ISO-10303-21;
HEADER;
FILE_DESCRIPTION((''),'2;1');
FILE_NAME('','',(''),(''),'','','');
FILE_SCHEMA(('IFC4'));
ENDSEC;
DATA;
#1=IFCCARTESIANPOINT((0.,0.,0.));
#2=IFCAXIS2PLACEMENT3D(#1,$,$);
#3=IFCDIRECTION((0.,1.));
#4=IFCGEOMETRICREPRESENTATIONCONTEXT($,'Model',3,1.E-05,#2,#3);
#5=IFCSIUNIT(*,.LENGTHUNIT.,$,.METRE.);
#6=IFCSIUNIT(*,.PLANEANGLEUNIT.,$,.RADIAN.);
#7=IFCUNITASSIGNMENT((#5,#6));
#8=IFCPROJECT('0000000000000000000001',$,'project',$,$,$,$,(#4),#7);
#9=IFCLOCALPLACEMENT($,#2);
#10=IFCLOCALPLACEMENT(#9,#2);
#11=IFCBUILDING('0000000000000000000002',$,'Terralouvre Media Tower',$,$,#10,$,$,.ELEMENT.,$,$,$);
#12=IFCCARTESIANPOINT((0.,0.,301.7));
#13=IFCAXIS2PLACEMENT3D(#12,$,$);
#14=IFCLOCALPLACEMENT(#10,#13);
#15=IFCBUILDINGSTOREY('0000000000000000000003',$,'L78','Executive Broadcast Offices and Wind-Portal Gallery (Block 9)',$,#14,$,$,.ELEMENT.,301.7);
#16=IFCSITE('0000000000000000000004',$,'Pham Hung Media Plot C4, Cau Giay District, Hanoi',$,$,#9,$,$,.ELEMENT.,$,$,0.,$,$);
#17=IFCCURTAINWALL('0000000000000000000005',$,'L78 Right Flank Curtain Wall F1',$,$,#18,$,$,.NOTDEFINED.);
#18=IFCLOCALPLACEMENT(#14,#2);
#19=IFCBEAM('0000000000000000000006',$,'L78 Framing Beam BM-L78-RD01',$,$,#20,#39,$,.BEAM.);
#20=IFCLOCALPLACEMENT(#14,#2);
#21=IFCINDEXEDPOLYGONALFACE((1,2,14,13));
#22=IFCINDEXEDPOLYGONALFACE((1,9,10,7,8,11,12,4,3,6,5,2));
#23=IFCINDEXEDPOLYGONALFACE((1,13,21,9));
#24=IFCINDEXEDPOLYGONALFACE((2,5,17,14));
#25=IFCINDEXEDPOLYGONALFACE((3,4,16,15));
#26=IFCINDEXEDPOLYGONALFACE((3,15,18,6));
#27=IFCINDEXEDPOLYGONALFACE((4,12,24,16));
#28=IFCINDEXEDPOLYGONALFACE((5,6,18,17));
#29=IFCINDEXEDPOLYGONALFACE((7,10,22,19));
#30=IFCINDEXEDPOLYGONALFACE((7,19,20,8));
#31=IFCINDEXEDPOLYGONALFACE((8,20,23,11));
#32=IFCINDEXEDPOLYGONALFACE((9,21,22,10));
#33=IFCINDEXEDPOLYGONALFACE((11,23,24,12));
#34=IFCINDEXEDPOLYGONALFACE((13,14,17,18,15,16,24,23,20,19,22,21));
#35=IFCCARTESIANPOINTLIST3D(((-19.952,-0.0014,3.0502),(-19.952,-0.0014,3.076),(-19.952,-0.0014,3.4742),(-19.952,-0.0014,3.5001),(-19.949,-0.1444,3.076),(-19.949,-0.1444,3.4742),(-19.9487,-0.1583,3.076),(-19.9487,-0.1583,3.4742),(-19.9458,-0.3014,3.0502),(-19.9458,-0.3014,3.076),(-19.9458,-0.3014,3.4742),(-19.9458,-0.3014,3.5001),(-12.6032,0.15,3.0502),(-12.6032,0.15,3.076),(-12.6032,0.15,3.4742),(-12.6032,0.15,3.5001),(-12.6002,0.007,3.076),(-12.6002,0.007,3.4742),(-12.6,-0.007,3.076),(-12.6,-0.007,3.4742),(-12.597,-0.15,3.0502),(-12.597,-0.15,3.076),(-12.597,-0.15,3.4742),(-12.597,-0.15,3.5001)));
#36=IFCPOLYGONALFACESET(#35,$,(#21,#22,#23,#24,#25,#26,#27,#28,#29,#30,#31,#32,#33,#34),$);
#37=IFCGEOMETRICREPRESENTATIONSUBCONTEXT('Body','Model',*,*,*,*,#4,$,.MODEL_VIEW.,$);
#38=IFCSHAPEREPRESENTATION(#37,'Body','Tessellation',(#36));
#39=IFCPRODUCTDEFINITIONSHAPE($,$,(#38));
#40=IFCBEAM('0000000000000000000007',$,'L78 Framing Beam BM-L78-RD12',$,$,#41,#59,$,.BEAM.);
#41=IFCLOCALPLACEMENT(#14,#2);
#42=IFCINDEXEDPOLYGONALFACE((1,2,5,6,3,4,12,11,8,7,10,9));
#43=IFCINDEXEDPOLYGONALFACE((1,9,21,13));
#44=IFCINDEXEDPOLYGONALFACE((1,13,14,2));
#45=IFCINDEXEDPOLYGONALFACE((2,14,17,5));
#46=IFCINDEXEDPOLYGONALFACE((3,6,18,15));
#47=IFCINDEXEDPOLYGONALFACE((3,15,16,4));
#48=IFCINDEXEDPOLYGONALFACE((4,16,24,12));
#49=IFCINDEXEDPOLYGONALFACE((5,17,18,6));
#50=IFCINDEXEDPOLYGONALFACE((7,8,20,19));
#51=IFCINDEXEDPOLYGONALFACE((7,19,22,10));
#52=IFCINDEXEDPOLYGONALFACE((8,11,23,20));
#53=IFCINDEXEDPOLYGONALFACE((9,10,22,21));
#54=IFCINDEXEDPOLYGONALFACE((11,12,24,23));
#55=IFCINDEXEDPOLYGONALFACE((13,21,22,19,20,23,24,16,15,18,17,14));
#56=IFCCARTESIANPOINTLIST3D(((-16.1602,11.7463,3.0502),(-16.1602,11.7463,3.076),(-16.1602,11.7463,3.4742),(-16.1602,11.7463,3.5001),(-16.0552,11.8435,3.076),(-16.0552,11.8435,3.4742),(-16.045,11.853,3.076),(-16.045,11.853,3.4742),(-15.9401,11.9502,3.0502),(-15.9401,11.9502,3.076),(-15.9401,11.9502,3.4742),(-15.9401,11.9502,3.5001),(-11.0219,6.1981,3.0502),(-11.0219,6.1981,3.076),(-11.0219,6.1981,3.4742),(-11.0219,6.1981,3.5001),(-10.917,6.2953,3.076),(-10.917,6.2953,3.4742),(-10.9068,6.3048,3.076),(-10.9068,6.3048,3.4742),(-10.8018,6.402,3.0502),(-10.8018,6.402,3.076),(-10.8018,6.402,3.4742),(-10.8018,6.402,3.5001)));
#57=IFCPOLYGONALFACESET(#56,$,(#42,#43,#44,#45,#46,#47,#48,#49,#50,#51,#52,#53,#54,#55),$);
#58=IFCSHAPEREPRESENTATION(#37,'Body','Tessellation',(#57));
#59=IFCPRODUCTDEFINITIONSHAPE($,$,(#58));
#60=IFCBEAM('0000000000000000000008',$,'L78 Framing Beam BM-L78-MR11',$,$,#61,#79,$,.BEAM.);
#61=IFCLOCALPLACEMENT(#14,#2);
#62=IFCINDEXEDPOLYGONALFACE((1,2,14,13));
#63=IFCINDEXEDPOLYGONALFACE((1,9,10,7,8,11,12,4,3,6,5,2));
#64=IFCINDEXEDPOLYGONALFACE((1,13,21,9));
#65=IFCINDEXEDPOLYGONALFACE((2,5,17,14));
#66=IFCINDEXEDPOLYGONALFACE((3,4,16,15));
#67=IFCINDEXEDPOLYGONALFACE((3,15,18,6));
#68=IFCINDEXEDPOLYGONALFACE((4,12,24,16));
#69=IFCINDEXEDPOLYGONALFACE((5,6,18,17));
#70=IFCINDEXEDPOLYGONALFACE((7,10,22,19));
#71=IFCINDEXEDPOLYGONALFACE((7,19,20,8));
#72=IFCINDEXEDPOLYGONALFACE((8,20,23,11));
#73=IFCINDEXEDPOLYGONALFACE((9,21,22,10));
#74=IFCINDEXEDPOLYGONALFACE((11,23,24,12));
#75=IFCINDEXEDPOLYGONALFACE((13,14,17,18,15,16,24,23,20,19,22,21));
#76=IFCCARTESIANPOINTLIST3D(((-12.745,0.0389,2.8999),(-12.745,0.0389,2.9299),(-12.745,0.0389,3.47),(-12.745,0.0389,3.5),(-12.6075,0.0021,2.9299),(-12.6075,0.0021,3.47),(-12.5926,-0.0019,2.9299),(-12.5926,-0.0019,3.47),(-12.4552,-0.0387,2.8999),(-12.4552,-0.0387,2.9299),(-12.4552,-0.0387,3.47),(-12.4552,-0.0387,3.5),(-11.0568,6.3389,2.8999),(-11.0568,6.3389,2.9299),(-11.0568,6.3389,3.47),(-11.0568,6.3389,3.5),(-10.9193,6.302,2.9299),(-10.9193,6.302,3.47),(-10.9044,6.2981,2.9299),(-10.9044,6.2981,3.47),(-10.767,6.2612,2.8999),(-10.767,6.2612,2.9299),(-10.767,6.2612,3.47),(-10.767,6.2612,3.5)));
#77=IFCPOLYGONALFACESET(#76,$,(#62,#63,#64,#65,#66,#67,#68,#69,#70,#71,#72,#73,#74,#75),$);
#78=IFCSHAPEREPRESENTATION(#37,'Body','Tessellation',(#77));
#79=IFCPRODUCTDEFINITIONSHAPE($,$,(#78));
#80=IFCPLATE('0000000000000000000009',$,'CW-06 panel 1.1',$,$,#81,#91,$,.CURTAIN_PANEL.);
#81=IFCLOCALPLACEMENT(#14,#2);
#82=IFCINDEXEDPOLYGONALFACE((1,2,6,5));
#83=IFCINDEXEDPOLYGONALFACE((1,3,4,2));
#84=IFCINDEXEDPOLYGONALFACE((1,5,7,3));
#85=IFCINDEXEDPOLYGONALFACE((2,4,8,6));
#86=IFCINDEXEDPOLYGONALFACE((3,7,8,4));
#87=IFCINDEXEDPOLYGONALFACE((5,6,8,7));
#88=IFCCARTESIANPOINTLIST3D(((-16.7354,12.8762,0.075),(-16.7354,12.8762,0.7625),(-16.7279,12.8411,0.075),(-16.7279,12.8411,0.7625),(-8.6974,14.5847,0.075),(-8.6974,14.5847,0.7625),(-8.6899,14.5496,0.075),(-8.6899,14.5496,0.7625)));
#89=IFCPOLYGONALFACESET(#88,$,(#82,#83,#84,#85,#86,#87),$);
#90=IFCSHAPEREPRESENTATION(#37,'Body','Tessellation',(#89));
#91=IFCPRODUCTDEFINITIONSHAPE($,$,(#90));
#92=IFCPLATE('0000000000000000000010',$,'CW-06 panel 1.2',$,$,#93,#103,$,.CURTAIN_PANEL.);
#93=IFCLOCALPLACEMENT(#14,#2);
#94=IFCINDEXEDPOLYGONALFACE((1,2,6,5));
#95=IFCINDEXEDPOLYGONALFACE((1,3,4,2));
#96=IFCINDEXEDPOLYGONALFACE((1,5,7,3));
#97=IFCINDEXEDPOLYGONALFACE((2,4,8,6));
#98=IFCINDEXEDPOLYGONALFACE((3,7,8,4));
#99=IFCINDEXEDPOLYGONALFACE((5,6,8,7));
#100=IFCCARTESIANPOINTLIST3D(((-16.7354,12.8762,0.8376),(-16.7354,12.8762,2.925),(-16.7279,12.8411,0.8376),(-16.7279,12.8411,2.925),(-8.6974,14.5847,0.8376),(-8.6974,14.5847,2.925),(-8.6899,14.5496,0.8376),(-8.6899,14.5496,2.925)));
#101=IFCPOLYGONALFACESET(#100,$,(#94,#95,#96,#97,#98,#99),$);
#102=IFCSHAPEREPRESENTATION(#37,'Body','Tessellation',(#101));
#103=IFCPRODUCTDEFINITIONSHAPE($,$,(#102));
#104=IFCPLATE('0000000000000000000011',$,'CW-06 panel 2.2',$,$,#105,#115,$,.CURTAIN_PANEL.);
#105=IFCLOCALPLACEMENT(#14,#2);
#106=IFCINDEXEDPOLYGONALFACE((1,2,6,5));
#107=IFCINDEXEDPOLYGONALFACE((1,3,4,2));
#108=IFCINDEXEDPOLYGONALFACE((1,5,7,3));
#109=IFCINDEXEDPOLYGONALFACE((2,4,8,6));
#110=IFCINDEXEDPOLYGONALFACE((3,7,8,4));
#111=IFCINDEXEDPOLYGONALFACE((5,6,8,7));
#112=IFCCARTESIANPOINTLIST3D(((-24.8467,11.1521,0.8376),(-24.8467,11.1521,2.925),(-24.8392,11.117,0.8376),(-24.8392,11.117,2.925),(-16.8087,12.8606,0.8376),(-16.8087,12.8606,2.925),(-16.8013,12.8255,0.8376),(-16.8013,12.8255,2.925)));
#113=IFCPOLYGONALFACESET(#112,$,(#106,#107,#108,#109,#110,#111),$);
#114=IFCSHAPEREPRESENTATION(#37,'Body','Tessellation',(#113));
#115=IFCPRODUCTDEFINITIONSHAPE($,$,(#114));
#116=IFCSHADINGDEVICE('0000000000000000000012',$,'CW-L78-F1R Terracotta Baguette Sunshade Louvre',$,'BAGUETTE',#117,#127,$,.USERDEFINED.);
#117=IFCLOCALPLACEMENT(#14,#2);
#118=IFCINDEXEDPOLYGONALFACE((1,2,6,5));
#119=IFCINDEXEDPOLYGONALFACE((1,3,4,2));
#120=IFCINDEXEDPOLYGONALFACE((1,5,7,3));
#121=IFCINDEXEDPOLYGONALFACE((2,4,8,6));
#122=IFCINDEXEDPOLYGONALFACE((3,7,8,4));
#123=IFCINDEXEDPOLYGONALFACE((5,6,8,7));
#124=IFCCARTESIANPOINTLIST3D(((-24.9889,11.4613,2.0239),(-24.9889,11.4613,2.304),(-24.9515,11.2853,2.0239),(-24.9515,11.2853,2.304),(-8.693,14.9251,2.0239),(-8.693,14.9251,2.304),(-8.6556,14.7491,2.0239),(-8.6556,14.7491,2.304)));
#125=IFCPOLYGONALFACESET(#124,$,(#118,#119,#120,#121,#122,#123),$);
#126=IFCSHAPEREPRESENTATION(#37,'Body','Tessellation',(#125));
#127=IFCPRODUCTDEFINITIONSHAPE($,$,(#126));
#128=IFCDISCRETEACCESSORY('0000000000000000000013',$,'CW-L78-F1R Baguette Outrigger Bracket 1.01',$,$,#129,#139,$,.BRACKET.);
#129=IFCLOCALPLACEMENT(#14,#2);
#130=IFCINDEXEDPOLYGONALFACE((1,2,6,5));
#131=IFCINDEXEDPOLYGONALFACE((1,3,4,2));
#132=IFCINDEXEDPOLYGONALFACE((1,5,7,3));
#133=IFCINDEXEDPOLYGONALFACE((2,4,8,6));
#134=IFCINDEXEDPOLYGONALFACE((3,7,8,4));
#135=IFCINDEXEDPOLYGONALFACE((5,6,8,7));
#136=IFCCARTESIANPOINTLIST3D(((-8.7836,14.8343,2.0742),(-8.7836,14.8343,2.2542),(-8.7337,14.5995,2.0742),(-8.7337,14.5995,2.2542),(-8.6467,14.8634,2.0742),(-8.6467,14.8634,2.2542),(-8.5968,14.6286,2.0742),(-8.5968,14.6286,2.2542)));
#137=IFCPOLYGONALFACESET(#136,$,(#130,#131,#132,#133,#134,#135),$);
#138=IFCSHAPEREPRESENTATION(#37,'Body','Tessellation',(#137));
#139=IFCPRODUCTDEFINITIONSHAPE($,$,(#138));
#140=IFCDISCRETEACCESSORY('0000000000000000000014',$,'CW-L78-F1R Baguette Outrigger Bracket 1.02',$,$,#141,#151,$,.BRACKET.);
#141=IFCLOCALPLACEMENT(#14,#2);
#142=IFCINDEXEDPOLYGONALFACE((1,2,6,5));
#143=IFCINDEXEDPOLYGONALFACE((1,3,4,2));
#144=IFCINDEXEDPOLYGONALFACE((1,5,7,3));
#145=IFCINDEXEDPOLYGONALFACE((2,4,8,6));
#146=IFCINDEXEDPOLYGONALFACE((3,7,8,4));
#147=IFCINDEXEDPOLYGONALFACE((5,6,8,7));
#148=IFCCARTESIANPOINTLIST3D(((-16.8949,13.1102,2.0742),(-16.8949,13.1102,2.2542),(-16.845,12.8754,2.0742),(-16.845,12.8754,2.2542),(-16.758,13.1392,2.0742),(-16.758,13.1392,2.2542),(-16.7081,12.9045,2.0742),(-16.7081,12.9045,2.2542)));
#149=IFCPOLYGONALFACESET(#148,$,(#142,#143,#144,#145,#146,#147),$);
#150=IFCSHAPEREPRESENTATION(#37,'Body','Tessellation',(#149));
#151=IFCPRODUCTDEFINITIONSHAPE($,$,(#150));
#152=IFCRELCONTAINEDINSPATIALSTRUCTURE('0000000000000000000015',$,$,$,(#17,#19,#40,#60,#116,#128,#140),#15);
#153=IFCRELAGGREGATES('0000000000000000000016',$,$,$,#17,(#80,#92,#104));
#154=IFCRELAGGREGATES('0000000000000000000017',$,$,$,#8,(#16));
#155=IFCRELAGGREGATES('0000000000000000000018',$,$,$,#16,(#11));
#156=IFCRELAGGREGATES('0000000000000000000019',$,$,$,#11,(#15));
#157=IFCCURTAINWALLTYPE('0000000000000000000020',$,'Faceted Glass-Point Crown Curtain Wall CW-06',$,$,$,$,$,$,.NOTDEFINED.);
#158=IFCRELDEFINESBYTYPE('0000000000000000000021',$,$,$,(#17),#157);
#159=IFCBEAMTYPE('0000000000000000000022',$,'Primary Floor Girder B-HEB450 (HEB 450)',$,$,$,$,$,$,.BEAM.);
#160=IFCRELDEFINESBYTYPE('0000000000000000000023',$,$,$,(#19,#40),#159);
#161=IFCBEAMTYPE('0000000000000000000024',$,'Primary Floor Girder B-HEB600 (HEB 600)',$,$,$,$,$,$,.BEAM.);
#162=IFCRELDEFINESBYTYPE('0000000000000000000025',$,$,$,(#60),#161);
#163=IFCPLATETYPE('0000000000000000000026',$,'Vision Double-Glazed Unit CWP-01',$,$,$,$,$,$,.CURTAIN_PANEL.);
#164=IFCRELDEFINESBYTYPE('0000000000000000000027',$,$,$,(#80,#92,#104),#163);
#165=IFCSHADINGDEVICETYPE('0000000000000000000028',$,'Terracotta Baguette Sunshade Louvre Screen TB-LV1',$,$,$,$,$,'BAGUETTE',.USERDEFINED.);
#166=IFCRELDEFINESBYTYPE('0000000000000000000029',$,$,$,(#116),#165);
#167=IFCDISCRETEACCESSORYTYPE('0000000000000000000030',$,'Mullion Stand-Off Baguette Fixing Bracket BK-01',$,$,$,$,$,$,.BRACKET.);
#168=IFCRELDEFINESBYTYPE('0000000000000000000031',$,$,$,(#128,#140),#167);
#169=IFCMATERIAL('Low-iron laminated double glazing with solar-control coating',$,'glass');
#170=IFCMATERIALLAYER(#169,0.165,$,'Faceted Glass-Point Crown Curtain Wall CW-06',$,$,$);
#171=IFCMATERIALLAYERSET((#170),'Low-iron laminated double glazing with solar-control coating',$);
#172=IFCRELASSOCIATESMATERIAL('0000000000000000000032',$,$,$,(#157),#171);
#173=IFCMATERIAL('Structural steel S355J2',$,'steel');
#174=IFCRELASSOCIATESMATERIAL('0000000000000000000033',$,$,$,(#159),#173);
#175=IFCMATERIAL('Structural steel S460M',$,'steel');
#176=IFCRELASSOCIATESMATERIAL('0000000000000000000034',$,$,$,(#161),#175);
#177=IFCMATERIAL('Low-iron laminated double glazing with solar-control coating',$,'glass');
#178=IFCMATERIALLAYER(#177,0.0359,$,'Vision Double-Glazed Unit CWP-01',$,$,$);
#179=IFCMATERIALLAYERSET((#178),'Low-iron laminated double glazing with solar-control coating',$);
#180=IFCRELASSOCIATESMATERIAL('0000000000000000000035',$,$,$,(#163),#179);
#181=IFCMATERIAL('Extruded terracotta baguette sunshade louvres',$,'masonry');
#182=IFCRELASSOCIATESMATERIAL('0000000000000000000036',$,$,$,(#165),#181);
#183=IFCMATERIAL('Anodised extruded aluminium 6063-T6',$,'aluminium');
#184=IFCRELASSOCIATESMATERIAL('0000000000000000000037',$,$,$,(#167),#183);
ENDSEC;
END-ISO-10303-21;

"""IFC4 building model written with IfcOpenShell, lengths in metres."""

from ifc_helpers import new_model, si_unit, direction, frame, origin, origin_2d, place, context, subcontext, project, spatial, rectangle, i_section, extrude, material, layer, layer_set, material_profile, profile_set, type_object, element, aggregate, save


model = new_model("IFC4")

# Units and contexts
model_context = context("Model", 3, precision=1e-05, world=origin(), true_north=direction((0.0, 1.0)))
body_context = subcontext(model_context, "Body", "Model", "MODEL_VIEW")
ifc_project = project(units=[si_unit("LENGTHUNIT", "METRE"), si_unit("PLANEANGLEUNIT", "RADIAN")], contexts=[model_context])

# Site, building, storey
site_placement = place(None, origin())
site = spatial("IfcSite", under=ifc_project, at=site_placement, Name="Pham Hung Media Plot C4, Cau Giay District, Hanoi", CompositionType="ELEMENT", RefElevation=0.0)
building_placement = place(site_placement, origin())
building = spatial("IfcBuilding", under=site, at=building_placement, Name="Terralouvre Media Tower", CompositionType="ELEMENT")
storey_placement = place(building_placement, frame((0.0, 0.0, 301.7)))
storey = spatial("IfcBuildingStorey", under=building, at=storey_placement, Name="L78", Description="Executive Broadcast Offices and Wind-Portal Gallery (Block 9)", CompositionType="ELEMENT", Elevation=301.7)

# Curtain wall
ifc_material_1 = material(Name="Low-iron laminated double glazing with solar-control coating", Category="glass")
ifc_layer_1 = layer(ifc_material_1, 0.165, Name="Faceted Glass-Point Crown Curtain Wall CW-06")
ifc_layer_set_1 = layer_set([ifc_layer_1], Name="Low-iron laminated double glazing with solar-control coating")
curtain_wall_type = type_object("IfcCurtainWallType", Name="Faceted Glass-Point Crown Curtain Wall CW-06", PredefinedType="NOTDEFINED", material=ifc_layer_set_1)
curtain_wall_placement = place(storey_placement, origin())
curtain_wall = element("IfcCurtainWall", 1, at=curtain_wall_placement, inside=storey, type_object=curtain_wall_type, Name="L78 Right Flank Curtain Wall F1", PredefinedType="NOTDEFINED")

# Beams
ifc_material_2 = material(Name="Structural steel S355J2", Category="steel")
ifc_material_profile_1 = material_profile(ifc_material_2, i_section(OverallWidth=0.3, OverallDepth=0.45, WebThickness=0.0139, FlangeThickness=0.0259, at=origin_2d()), Name="HEB 450")
ifc_profile_set_1 = profile_set([ifc_material_profile_1], Name="Structural steel S355J2")
beam_type_1 = type_object("IfcBeamType", Name="Primary Floor Girder B-HEB450 (HEB 450)", PredefinedType="BEAM", material=ifc_profile_set_1)
beam_1_placement = place(storey_placement, frame((-12.6001, 0.0, 3.2751), z_axis=(-0.999788, -0.020593, 0.0), x_axis=(0.020593, -0.999788, 0.0)))
element("IfcBeam", 2, at=beam_1_placement, inside=storey, type_object=beam_type_1, Name="L78 Framing Beam BM-L78-RD01", PredefinedType="BEAM", context=body_context, shape_type="SweptSolid", body=[
    extrude(i_section(OverallWidth=0.3, OverallDepth=0.45, WebThickness=0.0139, FlangeThickness=0.0259, at=origin_2d()), origin(), (0.0, 0.0, 1.0), 7.3503),
])
beam_2_placement = place(storey_placement, frame((-10.9119, 6.3, 3.2751), z_axis=(-0.679483, 0.733691, 0.0), x_axis=(-0.733691, -0.679483, 0.0)))
element("IfcBeam", 3, at=beam_2_placement, inside=storey, type_object=beam_type_1, Name="L78 Framing Beam BM-L78-RD12", PredefinedType="BEAM", context=body_context, shape_type="SweptSolid", body=[
    extrude(i_section(OverallWidth=0.3, OverallDepth=0.45, WebThickness=0.0139, FlangeThickness=0.0259, at=origin_2d()), origin(), (0.0, 0.0, 1.0), 7.562),
])
ifc_material_3 = material(Name="Structural steel S460M", Category="steel")
ifc_material_profile_2 = material_profile(ifc_material_3, i_section(OverallWidth=0.3, OverallDepth=0.6001, WebThickness=0.0154, FlangeThickness=0.03, at=origin_2d()), Name="HEB 600")
ifc_profile_set_2 = profile_set([ifc_material_profile_2], Name="Structural steel S460M")
beam_type_2 = type_object("IfcBeamType", Name="Primary Floor Girder B-HEB600 (HEB 600)", PredefinedType="BEAM", material=ifc_profile_set_2)
beam_3_placement = place(storey_placement, frame((-10.9119, 6.3, 3.2), z_axis=(-0.258839, -0.96592, 0.0), x_axis=(0.96592, -0.258839, 0.0)))
element("IfcBeam", 4, at=beam_3_placement, inside=storey, type_object=beam_type_2, Name="L78 Framing Beam BM-L78-MR11", PredefinedType="BEAM", context=body_context, shape_type="SweptSolid", body=[
    extrude(i_section(OverallWidth=0.3, OverallDepth=0.6001, WebThickness=0.0154, FlangeThickness=0.03, at=origin_2d()), origin(), (0.0, 0.0, 1.0), 6.5222),
])

# Plates
ifc_material_4 = material(Name="Low-iron laminated double glazing with solar-control coating", Category="glass")
ifc_layer_2 = layer(ifc_material_4, 0.0359, Name="Vision Double-Glazed Unit CWP-01")
ifc_layer_set_2 = layer_set([ifc_layer_2], Name="Low-iron laminated double glazing with solar-control coating")
plate_type = type_object("IfcPlateType", Name="Vision Double-Glazed Unit CWP-01", PredefinedType="CURTAIN_PANEL", material=ifc_layer_set_2)
plate_1_placement = place(storey_placement, frame((-12.7126, 13.7129, 0.075), z_axis=(0.0, 0.0, 1.0), x_axis=(-0.978148, -0.207911, 0.0)))
plate_1 = element("IfcPlate", 5, at=plate_1_placement, type_object=plate_type, Name="CW-06 panel 1.1", PredefinedType="CURTAIN_PANEL", context=body_context, shape_type="SweptSolid", body=[
    extrude(rectangle(XDim=8.2175, YDim=0.0359, at=origin_2d()), origin(), (0.0, 0.0, 1.0), 0.6875),
])
plate_2_placement = place(storey_placement, frame((-12.7126, 13.7129, 0.8376), z_axis=(0.0, 0.0, 1.0), x_axis=(-0.978148, -0.207911, 0.0)))
plate_2 = element("IfcPlate", 6, at=plate_2_placement, type_object=plate_type, Name="CW-06 panel 1.2", PredefinedType="CURTAIN_PANEL", context=body_context, shape_type="SweptSolid", body=[
    extrude(rectangle(XDim=8.2175, YDim=0.0359, at=origin_2d()), origin(), (0.0, 0.0, 1.0), 2.0874),
])
plate_3_placement = place(storey_placement, frame((-20.824, 11.9888, 0.8376), z_axis=(0.0, 0.0, 1.0), x_axis=(-0.978148, -0.207911, 0.0)))
plate_3 = element("IfcPlate", 7, at=plate_3_placement, type_object=plate_type, Name="CW-06 panel 2.2", PredefinedType="CURTAIN_PANEL", context=body_context, shape_type="SweptSolid", body=[
    extrude(rectangle(XDim=8.2175, YDim=0.0359, at=origin_2d()), origin(), (0.0, 0.0, 1.0), 2.0874),
])
aggregate(curtain_wall, [plate_1, plate_2, plate_3])

# Shading device
ifc_material_5 = material(Name="Extruded terracotta baguette sunshade louvres", Category="masonry")
shading_device_type = type_object("IfcShadingDeviceType", Name="Terracotta Baguette Sunshade Louvre Screen TB-LV1", ElementType="BAGUETTE", PredefinedType="USERDEFINED", material=ifc_material_5)
shading_device_placement = place(storey_placement, frame((-16.8223, 13.1052, 2.0239), z_axis=(0.0, 0.0, 1.0), x_axis=(-0.978148, -0.207911, 0.0)))
element("IfcShadingDevice", 8, at=shading_device_placement, inside=storey, type_object=shading_device_type, Name="CW-L78-F1R Terracotta Baguette Sunshade Louvre", ObjectType="BAGUETTE", PredefinedType="USERDEFINED", context=body_context, shape_type="SweptSolid", body=[
    extrude(rectangle(XDim=16.6599, YDim=0.1799, at=origin_2d()), origin(), (0.0, 0.0, 1.0), 0.28),
])

# Discrete accessories
ifc_material_6 = material(Name="Anodised extruded aluminium 6063-T6", Category="aluminium")
discrete_accessory_type = type_object("IfcDiscreteAccessoryType", Name="Mullion Stand-Off Baguette Fixing Bracket BK-01", PredefinedType="BRACKET", material=ifc_material_6)
for number, where, z_axis, x_axis, name in (
    (9, (-8.6902, 14.7314, 2.0742), (0.0, 0.0, 1.0), (-0.978148, -0.207911, 0.0), "CW-L78-F1R Baguette Outrigger Bracket 1.01"),
    (10, (-16.8015, 13.0073, 2.0742), (0.0, 0.0, 1.0), (-0.978148, -0.207911, 0.0), "CW-L78-F1R Baguette Outrigger Bracket 1.02"),
):
    element("IfcDiscreteAccessory", number, at=place(storey_placement, frame(where, z_axis=z_axis, x_axis=x_axis)), inside=storey, type_object=discrete_accessory_type, Name=name, PredefinedType="BRACKET", context=body_context, shape_type="SweptSolid", body=[
        extrude(rectangle(XDim=0.1399, YDim=0.24, at=origin_2d()), origin(), (0.0, 0.0, 1.0), 0.1799),
    ])

save(model, "model.ifc")
